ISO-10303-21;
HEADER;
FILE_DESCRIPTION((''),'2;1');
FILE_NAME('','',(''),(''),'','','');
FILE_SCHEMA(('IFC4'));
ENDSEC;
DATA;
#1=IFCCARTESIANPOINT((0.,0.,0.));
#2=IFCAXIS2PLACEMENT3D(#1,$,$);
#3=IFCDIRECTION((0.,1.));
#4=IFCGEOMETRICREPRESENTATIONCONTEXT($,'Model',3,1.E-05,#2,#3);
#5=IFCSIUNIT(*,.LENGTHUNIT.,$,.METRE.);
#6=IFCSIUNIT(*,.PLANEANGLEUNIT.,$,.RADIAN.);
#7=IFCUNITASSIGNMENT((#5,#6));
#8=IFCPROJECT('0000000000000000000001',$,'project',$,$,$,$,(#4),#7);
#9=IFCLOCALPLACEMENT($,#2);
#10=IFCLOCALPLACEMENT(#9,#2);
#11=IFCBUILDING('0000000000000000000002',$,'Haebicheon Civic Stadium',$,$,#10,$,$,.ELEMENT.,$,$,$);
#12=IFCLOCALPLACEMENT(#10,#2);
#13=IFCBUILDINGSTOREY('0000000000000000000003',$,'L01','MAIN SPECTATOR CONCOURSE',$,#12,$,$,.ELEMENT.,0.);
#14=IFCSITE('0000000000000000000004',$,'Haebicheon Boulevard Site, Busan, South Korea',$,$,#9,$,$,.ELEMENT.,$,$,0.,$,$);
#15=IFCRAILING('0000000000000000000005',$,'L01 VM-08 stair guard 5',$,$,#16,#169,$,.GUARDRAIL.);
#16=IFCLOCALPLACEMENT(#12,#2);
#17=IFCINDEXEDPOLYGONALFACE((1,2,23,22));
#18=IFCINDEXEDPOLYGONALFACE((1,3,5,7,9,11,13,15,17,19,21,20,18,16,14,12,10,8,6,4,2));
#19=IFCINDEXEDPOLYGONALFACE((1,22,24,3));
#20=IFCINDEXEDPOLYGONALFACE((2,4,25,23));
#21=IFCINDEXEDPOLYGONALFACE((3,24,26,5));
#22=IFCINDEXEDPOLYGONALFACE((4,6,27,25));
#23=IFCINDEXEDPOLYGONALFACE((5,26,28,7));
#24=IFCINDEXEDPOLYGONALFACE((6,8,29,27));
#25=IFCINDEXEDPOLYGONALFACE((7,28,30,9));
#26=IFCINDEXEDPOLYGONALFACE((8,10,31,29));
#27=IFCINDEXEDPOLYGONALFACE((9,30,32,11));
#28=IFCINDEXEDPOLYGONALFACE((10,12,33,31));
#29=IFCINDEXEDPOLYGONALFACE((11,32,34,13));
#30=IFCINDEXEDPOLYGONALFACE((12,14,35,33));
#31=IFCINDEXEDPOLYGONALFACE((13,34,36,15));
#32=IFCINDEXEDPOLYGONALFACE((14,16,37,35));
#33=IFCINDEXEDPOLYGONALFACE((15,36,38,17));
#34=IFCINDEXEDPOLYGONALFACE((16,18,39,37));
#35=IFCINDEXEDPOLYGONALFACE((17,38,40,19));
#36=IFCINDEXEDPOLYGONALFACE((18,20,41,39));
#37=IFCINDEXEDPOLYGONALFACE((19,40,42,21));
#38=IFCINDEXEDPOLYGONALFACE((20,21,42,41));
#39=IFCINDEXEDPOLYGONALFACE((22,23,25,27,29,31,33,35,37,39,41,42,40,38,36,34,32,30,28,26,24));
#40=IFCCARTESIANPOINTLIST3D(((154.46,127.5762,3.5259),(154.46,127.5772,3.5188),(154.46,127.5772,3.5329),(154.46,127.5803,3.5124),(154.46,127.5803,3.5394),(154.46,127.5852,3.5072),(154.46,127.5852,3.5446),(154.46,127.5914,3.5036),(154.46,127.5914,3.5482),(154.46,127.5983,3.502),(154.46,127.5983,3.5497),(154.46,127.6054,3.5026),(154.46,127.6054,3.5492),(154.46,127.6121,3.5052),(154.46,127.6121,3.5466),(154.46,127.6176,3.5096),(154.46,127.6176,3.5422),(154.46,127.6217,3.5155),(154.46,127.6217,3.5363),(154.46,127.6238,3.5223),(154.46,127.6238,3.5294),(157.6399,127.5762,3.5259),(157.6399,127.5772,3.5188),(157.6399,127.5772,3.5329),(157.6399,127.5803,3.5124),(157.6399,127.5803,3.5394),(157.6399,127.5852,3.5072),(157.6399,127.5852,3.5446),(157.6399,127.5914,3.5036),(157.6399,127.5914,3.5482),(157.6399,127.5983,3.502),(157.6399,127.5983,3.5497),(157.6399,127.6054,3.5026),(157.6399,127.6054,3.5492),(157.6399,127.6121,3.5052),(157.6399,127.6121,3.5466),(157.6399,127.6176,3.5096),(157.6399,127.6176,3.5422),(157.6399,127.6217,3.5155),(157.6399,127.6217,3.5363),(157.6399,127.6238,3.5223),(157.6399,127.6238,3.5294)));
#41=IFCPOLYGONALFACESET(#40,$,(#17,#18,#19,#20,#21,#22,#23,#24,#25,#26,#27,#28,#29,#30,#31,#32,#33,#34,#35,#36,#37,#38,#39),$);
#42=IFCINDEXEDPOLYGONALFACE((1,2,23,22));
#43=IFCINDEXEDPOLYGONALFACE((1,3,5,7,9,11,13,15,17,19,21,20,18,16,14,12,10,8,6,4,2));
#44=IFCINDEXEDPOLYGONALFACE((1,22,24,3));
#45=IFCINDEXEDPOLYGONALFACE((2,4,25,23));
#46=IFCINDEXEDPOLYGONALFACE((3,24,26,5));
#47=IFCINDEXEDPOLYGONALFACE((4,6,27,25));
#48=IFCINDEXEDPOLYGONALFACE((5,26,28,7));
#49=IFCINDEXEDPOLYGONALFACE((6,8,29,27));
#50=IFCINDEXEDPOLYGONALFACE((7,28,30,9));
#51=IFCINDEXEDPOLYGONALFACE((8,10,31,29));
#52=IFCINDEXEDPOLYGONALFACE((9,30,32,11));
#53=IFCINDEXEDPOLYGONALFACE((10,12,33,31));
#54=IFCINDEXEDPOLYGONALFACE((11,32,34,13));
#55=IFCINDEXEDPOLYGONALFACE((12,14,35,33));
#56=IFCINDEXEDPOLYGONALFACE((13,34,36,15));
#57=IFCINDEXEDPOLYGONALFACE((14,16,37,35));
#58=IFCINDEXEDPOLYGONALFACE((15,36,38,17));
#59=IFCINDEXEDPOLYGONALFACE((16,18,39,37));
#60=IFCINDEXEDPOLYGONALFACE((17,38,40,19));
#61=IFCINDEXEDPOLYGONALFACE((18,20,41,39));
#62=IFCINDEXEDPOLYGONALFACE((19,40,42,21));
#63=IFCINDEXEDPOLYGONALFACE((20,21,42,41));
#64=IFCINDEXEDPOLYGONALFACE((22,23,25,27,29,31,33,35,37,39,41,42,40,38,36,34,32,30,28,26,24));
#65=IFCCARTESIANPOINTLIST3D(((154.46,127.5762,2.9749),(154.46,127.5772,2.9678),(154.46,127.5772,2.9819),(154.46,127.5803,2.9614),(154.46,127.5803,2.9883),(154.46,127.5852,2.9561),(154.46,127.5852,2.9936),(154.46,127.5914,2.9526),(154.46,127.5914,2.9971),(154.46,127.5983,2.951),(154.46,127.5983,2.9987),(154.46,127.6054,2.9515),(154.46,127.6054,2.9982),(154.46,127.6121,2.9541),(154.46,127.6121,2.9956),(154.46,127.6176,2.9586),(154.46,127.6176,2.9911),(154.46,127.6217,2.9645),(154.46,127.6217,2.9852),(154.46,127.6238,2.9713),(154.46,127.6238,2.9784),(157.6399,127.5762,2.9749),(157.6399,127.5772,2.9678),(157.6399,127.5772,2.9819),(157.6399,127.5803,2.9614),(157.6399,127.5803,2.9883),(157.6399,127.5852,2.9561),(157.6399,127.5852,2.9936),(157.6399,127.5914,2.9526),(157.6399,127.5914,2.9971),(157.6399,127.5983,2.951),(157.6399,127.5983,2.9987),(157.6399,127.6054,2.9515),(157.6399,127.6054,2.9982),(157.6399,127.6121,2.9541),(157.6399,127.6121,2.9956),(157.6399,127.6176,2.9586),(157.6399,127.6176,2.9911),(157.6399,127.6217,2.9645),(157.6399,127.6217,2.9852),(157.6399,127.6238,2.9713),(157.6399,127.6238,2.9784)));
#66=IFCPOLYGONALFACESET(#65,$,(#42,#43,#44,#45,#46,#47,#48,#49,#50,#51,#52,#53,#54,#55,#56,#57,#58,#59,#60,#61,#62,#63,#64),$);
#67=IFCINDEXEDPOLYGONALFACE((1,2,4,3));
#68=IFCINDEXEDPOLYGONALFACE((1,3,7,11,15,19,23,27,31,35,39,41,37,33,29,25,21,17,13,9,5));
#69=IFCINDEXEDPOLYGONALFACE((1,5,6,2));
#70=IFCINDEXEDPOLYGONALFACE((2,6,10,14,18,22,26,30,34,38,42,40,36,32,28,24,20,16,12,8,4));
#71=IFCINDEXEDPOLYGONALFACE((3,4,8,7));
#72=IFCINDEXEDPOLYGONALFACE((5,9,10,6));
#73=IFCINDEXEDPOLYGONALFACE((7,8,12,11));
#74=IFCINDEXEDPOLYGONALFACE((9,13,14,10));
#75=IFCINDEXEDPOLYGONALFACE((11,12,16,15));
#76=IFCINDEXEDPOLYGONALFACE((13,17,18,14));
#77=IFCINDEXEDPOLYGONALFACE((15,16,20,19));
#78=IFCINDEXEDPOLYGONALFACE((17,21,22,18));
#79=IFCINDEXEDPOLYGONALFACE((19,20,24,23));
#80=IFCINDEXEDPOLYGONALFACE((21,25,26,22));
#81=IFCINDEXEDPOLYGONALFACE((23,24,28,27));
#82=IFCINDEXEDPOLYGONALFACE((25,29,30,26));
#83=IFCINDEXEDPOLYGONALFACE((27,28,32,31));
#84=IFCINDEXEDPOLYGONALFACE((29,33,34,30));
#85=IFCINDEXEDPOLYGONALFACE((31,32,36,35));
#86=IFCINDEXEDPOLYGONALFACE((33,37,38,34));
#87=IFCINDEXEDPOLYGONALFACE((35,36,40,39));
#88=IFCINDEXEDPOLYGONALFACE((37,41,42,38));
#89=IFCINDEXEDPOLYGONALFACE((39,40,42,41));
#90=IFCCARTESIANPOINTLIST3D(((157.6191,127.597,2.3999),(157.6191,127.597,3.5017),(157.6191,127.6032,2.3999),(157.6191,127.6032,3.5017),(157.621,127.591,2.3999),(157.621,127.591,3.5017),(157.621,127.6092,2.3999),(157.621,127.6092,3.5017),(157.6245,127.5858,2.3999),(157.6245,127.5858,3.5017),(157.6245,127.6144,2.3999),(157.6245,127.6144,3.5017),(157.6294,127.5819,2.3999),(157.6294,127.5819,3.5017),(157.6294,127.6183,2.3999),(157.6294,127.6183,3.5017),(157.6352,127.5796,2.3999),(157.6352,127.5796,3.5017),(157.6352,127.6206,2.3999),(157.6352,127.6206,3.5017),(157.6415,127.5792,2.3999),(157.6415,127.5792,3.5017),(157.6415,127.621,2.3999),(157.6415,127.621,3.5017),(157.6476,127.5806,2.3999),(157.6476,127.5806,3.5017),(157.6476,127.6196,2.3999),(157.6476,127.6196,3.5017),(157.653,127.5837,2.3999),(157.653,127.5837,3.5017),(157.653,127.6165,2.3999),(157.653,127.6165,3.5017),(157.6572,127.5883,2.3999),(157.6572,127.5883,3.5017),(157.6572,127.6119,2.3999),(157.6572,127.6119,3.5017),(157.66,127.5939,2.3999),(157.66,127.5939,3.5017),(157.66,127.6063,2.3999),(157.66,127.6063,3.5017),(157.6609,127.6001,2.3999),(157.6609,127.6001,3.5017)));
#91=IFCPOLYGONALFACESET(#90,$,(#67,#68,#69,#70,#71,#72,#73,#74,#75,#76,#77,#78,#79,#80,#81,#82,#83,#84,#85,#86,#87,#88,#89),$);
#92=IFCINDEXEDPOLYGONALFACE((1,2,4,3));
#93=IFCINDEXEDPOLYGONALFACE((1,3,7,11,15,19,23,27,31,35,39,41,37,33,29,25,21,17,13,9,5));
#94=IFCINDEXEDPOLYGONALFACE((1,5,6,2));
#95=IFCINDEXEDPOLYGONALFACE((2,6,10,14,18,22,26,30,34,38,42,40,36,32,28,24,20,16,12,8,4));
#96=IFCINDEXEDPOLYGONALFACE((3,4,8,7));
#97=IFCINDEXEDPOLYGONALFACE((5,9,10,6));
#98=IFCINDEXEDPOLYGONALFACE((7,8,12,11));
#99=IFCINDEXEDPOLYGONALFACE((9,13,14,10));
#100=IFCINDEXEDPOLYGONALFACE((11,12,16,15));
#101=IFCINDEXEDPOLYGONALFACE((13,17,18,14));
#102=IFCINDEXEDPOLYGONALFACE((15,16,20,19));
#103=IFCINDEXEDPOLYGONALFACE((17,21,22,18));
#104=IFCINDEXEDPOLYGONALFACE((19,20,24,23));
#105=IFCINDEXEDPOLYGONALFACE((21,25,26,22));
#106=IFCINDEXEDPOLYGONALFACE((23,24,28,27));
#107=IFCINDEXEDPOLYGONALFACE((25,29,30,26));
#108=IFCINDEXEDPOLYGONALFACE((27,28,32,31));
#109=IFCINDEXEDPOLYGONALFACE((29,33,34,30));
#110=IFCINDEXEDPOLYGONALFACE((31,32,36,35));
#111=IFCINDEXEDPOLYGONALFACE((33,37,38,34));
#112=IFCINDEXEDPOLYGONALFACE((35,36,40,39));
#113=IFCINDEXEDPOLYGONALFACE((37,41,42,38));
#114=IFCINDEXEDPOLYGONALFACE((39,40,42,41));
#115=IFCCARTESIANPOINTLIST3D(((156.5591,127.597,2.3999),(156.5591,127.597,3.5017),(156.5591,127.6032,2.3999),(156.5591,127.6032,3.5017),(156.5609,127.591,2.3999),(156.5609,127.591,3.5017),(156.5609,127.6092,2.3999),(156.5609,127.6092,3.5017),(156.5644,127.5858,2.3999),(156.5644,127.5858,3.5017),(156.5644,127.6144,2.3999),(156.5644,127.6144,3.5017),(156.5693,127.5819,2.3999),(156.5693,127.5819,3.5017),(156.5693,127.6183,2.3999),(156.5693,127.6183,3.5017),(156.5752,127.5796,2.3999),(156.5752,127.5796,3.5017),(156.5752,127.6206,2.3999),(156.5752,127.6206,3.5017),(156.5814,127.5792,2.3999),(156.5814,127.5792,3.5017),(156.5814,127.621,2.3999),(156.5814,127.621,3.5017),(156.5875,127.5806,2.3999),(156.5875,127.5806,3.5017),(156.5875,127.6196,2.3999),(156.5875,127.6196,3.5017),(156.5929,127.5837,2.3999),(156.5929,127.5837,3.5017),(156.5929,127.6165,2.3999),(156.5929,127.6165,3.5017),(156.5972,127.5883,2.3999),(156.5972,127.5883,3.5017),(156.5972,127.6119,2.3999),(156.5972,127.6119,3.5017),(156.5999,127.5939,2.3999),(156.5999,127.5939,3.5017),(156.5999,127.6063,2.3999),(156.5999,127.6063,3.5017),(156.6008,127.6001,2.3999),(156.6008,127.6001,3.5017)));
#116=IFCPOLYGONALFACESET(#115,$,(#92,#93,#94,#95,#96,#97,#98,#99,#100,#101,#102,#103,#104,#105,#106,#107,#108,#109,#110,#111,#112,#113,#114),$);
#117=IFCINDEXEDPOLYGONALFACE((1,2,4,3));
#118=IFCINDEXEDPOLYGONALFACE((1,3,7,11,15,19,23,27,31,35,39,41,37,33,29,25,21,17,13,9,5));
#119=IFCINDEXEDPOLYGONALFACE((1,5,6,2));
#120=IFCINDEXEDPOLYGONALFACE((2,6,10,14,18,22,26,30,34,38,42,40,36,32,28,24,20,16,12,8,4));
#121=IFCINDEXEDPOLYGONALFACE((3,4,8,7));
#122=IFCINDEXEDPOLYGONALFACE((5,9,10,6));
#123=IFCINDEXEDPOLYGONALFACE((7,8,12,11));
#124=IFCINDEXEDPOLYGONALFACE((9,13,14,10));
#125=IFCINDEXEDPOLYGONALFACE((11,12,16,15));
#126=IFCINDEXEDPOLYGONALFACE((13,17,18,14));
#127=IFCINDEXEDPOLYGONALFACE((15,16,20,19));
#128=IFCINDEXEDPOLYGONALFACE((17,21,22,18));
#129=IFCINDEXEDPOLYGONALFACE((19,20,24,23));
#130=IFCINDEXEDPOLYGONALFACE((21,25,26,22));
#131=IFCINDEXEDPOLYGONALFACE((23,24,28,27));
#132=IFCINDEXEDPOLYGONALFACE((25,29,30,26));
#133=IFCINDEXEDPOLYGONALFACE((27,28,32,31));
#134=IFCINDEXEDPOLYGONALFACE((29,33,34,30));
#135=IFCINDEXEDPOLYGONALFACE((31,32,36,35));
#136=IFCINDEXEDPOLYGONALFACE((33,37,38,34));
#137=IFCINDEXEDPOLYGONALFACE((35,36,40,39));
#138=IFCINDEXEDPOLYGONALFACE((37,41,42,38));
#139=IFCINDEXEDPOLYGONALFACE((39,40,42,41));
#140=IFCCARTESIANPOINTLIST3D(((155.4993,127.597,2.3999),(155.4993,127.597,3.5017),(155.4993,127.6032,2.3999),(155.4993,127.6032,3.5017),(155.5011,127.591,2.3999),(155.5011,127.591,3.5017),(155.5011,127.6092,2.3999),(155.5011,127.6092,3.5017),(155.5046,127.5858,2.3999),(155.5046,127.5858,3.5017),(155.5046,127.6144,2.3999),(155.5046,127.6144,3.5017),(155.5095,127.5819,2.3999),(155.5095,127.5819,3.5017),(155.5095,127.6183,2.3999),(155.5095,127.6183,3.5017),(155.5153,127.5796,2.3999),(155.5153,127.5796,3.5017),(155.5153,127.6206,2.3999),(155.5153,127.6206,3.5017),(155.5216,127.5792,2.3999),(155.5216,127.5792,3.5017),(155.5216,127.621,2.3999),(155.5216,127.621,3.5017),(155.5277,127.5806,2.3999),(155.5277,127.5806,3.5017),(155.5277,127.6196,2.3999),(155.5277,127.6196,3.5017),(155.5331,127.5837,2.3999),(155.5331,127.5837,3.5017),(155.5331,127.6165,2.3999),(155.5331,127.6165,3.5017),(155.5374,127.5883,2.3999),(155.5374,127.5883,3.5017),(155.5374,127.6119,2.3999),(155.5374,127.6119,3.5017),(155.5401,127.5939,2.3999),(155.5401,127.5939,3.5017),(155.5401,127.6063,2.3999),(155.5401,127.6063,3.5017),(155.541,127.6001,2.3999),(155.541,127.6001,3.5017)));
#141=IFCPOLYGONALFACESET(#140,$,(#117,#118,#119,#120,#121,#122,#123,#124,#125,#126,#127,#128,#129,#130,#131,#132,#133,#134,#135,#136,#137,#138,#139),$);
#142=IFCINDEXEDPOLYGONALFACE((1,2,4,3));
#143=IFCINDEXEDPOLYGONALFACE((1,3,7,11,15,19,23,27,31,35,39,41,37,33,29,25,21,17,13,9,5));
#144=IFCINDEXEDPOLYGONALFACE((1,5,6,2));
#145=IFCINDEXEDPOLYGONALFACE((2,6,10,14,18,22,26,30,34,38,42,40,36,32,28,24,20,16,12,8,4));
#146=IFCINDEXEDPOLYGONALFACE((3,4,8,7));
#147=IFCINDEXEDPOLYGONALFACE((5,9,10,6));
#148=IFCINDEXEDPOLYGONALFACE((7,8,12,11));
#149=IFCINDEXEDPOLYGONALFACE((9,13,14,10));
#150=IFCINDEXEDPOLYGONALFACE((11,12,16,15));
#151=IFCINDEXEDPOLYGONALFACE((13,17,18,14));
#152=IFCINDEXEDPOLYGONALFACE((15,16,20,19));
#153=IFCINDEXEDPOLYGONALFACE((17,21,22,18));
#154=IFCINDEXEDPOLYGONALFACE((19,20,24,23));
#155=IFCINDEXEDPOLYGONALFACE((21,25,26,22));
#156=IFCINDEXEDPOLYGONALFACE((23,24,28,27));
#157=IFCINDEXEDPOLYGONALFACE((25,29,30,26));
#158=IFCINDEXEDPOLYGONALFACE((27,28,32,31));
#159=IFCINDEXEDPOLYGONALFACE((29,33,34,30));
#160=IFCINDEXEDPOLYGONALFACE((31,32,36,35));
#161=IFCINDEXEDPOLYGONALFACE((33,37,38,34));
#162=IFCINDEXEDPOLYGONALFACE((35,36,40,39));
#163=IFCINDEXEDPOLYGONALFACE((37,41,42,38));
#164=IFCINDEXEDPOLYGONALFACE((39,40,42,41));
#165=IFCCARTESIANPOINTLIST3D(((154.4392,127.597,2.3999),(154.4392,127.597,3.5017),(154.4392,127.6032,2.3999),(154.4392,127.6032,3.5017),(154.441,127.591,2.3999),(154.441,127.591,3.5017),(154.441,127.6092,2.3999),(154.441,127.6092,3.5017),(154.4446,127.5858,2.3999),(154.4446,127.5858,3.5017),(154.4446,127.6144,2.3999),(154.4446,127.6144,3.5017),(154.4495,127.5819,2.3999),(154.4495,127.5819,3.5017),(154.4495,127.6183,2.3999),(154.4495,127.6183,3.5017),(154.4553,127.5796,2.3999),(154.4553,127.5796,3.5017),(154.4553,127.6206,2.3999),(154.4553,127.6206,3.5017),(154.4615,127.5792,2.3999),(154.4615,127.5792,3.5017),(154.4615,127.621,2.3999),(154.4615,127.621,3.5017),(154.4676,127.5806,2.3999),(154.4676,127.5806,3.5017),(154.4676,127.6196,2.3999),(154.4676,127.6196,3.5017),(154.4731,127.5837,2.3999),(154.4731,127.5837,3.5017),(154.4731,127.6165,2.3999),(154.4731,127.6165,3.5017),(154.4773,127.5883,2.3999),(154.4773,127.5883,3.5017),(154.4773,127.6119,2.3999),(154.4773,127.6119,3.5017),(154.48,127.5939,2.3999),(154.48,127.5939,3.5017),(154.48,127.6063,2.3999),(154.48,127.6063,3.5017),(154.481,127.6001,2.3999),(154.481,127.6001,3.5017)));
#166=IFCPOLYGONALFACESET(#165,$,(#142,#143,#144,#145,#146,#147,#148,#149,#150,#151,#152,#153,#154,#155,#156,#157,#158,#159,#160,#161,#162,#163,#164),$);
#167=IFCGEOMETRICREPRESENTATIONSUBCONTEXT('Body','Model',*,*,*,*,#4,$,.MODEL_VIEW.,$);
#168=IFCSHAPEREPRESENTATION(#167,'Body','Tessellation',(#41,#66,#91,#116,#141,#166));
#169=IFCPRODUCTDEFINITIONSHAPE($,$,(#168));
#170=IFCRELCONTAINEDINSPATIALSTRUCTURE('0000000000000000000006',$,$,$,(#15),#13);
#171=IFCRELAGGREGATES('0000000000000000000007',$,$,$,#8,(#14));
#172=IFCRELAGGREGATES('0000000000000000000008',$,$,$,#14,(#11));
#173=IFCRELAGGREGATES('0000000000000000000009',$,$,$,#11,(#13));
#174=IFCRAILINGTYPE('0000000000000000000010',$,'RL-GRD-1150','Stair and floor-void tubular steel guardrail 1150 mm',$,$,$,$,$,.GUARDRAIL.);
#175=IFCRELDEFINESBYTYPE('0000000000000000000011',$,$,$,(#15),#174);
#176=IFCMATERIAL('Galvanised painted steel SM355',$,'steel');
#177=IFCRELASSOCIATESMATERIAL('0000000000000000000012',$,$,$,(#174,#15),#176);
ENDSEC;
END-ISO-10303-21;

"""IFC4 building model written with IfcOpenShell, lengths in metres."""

from ifc_helpers import new_model, si_unit, direction, frame, origin, origin_2d, place, context, subcontext, project, spatial, circle, extrude, material, type_object, element, save


model = new_model("IFC4")

# Units and contexts
model_context = context("Model", 3, precision=1e-05, world=origin(), true_north=direction((0.0, 1.0)))
body_context = subcontext(model_context, "Body", "Model", "MODEL_VIEW")
ifc_project = project(units=[si_unit("LENGTHUNIT", "METRE"), si_unit("PLANEANGLEUNIT", "RADIAN")], contexts=[model_context])

# Site, building, storey
site_placement = place(None, origin())
site = spatial("IfcSite", under=ifc_project, at=site_placement, Name="Haebicheon Boulevard Site, Busan, South Korea", CompositionType="ELEMENT", RefElevation=0.0)
building_placement = place(site_placement, origin())
building = spatial("IfcBuilding", under=site, at=building_placement, Name="Haebicheon Civic Stadium", CompositionType="ELEMENT")
storey_placement = place(building_placement, origin())
storey = spatial("IfcBuildingStorey", under=building, at=storey_placement, Name="L01", Description="MAIN SPECTATOR CONCOURSE", CompositionType="ELEMENT", Elevation=0.0)

# Railing
ifc_material_1 = material(Name="Galvanised painted steel SM355", Category="steel")
railing_type_1 = type_object("IfcRailingType", Name="RL-GRD-1150", Description="Stair and floor-void tubular steel guardrail 1150 mm", PredefinedType="GUARDRAIL", material=ifc_material_1)
railing_1_placement = place(storey_placement, frame((157.6399, 127.6001, 2.3999)))
element("IfcRailing", 1, at=railing_1_placement, inside=storey, type_object=railing_type_1, material=ifc_material_1, Name="L01 VM-08 stair guard 5", PredefinedType="GUARDRAIL", context=body_context, shape_type="SweptSolid", body=[
    extrude(circle(Radius=0.0239, at=origin_2d()), frame((0.0, 0.0, 1.126), z_axis=(-1.0, 0.0, 0.0), x_axis=(0.0, -1.0, 0.0)), (0.0, 0.0, 1.0), 3.1799),
    extrude(circle(Radius=0.0239, at=origin_2d()), frame((0.0, 0.0, 0.575), z_axis=(-1.0, 0.0, 0.0), x_axis=(0.0, -1.0, 0.0)), (0.0, 0.0, 1.0), 3.1799),
    extrude(circle(Radius=0.021, at=origin_2d()), origin(), (0.0, 0.0, 1.0), 1.1018),
    extrude(circle(Radius=0.021, at=origin_2d()), frame((-1.0601, 0.0, 0.0)), (0.0, 0.0, 1.0), 1.1018),
    extrude(circle(Radius=0.021, at=origin_2d()), frame((-2.1199, 0.0, 0.0)), (0.0, 0.0, 1.0), 1.1018),
    extrude(circle(Radius=0.021, at=origin_2d()), frame((-3.1799, 0.0, 0.0)), (0.0, 0.0, 1.0), 1.1018),
])

save(model, "model.ifc")
